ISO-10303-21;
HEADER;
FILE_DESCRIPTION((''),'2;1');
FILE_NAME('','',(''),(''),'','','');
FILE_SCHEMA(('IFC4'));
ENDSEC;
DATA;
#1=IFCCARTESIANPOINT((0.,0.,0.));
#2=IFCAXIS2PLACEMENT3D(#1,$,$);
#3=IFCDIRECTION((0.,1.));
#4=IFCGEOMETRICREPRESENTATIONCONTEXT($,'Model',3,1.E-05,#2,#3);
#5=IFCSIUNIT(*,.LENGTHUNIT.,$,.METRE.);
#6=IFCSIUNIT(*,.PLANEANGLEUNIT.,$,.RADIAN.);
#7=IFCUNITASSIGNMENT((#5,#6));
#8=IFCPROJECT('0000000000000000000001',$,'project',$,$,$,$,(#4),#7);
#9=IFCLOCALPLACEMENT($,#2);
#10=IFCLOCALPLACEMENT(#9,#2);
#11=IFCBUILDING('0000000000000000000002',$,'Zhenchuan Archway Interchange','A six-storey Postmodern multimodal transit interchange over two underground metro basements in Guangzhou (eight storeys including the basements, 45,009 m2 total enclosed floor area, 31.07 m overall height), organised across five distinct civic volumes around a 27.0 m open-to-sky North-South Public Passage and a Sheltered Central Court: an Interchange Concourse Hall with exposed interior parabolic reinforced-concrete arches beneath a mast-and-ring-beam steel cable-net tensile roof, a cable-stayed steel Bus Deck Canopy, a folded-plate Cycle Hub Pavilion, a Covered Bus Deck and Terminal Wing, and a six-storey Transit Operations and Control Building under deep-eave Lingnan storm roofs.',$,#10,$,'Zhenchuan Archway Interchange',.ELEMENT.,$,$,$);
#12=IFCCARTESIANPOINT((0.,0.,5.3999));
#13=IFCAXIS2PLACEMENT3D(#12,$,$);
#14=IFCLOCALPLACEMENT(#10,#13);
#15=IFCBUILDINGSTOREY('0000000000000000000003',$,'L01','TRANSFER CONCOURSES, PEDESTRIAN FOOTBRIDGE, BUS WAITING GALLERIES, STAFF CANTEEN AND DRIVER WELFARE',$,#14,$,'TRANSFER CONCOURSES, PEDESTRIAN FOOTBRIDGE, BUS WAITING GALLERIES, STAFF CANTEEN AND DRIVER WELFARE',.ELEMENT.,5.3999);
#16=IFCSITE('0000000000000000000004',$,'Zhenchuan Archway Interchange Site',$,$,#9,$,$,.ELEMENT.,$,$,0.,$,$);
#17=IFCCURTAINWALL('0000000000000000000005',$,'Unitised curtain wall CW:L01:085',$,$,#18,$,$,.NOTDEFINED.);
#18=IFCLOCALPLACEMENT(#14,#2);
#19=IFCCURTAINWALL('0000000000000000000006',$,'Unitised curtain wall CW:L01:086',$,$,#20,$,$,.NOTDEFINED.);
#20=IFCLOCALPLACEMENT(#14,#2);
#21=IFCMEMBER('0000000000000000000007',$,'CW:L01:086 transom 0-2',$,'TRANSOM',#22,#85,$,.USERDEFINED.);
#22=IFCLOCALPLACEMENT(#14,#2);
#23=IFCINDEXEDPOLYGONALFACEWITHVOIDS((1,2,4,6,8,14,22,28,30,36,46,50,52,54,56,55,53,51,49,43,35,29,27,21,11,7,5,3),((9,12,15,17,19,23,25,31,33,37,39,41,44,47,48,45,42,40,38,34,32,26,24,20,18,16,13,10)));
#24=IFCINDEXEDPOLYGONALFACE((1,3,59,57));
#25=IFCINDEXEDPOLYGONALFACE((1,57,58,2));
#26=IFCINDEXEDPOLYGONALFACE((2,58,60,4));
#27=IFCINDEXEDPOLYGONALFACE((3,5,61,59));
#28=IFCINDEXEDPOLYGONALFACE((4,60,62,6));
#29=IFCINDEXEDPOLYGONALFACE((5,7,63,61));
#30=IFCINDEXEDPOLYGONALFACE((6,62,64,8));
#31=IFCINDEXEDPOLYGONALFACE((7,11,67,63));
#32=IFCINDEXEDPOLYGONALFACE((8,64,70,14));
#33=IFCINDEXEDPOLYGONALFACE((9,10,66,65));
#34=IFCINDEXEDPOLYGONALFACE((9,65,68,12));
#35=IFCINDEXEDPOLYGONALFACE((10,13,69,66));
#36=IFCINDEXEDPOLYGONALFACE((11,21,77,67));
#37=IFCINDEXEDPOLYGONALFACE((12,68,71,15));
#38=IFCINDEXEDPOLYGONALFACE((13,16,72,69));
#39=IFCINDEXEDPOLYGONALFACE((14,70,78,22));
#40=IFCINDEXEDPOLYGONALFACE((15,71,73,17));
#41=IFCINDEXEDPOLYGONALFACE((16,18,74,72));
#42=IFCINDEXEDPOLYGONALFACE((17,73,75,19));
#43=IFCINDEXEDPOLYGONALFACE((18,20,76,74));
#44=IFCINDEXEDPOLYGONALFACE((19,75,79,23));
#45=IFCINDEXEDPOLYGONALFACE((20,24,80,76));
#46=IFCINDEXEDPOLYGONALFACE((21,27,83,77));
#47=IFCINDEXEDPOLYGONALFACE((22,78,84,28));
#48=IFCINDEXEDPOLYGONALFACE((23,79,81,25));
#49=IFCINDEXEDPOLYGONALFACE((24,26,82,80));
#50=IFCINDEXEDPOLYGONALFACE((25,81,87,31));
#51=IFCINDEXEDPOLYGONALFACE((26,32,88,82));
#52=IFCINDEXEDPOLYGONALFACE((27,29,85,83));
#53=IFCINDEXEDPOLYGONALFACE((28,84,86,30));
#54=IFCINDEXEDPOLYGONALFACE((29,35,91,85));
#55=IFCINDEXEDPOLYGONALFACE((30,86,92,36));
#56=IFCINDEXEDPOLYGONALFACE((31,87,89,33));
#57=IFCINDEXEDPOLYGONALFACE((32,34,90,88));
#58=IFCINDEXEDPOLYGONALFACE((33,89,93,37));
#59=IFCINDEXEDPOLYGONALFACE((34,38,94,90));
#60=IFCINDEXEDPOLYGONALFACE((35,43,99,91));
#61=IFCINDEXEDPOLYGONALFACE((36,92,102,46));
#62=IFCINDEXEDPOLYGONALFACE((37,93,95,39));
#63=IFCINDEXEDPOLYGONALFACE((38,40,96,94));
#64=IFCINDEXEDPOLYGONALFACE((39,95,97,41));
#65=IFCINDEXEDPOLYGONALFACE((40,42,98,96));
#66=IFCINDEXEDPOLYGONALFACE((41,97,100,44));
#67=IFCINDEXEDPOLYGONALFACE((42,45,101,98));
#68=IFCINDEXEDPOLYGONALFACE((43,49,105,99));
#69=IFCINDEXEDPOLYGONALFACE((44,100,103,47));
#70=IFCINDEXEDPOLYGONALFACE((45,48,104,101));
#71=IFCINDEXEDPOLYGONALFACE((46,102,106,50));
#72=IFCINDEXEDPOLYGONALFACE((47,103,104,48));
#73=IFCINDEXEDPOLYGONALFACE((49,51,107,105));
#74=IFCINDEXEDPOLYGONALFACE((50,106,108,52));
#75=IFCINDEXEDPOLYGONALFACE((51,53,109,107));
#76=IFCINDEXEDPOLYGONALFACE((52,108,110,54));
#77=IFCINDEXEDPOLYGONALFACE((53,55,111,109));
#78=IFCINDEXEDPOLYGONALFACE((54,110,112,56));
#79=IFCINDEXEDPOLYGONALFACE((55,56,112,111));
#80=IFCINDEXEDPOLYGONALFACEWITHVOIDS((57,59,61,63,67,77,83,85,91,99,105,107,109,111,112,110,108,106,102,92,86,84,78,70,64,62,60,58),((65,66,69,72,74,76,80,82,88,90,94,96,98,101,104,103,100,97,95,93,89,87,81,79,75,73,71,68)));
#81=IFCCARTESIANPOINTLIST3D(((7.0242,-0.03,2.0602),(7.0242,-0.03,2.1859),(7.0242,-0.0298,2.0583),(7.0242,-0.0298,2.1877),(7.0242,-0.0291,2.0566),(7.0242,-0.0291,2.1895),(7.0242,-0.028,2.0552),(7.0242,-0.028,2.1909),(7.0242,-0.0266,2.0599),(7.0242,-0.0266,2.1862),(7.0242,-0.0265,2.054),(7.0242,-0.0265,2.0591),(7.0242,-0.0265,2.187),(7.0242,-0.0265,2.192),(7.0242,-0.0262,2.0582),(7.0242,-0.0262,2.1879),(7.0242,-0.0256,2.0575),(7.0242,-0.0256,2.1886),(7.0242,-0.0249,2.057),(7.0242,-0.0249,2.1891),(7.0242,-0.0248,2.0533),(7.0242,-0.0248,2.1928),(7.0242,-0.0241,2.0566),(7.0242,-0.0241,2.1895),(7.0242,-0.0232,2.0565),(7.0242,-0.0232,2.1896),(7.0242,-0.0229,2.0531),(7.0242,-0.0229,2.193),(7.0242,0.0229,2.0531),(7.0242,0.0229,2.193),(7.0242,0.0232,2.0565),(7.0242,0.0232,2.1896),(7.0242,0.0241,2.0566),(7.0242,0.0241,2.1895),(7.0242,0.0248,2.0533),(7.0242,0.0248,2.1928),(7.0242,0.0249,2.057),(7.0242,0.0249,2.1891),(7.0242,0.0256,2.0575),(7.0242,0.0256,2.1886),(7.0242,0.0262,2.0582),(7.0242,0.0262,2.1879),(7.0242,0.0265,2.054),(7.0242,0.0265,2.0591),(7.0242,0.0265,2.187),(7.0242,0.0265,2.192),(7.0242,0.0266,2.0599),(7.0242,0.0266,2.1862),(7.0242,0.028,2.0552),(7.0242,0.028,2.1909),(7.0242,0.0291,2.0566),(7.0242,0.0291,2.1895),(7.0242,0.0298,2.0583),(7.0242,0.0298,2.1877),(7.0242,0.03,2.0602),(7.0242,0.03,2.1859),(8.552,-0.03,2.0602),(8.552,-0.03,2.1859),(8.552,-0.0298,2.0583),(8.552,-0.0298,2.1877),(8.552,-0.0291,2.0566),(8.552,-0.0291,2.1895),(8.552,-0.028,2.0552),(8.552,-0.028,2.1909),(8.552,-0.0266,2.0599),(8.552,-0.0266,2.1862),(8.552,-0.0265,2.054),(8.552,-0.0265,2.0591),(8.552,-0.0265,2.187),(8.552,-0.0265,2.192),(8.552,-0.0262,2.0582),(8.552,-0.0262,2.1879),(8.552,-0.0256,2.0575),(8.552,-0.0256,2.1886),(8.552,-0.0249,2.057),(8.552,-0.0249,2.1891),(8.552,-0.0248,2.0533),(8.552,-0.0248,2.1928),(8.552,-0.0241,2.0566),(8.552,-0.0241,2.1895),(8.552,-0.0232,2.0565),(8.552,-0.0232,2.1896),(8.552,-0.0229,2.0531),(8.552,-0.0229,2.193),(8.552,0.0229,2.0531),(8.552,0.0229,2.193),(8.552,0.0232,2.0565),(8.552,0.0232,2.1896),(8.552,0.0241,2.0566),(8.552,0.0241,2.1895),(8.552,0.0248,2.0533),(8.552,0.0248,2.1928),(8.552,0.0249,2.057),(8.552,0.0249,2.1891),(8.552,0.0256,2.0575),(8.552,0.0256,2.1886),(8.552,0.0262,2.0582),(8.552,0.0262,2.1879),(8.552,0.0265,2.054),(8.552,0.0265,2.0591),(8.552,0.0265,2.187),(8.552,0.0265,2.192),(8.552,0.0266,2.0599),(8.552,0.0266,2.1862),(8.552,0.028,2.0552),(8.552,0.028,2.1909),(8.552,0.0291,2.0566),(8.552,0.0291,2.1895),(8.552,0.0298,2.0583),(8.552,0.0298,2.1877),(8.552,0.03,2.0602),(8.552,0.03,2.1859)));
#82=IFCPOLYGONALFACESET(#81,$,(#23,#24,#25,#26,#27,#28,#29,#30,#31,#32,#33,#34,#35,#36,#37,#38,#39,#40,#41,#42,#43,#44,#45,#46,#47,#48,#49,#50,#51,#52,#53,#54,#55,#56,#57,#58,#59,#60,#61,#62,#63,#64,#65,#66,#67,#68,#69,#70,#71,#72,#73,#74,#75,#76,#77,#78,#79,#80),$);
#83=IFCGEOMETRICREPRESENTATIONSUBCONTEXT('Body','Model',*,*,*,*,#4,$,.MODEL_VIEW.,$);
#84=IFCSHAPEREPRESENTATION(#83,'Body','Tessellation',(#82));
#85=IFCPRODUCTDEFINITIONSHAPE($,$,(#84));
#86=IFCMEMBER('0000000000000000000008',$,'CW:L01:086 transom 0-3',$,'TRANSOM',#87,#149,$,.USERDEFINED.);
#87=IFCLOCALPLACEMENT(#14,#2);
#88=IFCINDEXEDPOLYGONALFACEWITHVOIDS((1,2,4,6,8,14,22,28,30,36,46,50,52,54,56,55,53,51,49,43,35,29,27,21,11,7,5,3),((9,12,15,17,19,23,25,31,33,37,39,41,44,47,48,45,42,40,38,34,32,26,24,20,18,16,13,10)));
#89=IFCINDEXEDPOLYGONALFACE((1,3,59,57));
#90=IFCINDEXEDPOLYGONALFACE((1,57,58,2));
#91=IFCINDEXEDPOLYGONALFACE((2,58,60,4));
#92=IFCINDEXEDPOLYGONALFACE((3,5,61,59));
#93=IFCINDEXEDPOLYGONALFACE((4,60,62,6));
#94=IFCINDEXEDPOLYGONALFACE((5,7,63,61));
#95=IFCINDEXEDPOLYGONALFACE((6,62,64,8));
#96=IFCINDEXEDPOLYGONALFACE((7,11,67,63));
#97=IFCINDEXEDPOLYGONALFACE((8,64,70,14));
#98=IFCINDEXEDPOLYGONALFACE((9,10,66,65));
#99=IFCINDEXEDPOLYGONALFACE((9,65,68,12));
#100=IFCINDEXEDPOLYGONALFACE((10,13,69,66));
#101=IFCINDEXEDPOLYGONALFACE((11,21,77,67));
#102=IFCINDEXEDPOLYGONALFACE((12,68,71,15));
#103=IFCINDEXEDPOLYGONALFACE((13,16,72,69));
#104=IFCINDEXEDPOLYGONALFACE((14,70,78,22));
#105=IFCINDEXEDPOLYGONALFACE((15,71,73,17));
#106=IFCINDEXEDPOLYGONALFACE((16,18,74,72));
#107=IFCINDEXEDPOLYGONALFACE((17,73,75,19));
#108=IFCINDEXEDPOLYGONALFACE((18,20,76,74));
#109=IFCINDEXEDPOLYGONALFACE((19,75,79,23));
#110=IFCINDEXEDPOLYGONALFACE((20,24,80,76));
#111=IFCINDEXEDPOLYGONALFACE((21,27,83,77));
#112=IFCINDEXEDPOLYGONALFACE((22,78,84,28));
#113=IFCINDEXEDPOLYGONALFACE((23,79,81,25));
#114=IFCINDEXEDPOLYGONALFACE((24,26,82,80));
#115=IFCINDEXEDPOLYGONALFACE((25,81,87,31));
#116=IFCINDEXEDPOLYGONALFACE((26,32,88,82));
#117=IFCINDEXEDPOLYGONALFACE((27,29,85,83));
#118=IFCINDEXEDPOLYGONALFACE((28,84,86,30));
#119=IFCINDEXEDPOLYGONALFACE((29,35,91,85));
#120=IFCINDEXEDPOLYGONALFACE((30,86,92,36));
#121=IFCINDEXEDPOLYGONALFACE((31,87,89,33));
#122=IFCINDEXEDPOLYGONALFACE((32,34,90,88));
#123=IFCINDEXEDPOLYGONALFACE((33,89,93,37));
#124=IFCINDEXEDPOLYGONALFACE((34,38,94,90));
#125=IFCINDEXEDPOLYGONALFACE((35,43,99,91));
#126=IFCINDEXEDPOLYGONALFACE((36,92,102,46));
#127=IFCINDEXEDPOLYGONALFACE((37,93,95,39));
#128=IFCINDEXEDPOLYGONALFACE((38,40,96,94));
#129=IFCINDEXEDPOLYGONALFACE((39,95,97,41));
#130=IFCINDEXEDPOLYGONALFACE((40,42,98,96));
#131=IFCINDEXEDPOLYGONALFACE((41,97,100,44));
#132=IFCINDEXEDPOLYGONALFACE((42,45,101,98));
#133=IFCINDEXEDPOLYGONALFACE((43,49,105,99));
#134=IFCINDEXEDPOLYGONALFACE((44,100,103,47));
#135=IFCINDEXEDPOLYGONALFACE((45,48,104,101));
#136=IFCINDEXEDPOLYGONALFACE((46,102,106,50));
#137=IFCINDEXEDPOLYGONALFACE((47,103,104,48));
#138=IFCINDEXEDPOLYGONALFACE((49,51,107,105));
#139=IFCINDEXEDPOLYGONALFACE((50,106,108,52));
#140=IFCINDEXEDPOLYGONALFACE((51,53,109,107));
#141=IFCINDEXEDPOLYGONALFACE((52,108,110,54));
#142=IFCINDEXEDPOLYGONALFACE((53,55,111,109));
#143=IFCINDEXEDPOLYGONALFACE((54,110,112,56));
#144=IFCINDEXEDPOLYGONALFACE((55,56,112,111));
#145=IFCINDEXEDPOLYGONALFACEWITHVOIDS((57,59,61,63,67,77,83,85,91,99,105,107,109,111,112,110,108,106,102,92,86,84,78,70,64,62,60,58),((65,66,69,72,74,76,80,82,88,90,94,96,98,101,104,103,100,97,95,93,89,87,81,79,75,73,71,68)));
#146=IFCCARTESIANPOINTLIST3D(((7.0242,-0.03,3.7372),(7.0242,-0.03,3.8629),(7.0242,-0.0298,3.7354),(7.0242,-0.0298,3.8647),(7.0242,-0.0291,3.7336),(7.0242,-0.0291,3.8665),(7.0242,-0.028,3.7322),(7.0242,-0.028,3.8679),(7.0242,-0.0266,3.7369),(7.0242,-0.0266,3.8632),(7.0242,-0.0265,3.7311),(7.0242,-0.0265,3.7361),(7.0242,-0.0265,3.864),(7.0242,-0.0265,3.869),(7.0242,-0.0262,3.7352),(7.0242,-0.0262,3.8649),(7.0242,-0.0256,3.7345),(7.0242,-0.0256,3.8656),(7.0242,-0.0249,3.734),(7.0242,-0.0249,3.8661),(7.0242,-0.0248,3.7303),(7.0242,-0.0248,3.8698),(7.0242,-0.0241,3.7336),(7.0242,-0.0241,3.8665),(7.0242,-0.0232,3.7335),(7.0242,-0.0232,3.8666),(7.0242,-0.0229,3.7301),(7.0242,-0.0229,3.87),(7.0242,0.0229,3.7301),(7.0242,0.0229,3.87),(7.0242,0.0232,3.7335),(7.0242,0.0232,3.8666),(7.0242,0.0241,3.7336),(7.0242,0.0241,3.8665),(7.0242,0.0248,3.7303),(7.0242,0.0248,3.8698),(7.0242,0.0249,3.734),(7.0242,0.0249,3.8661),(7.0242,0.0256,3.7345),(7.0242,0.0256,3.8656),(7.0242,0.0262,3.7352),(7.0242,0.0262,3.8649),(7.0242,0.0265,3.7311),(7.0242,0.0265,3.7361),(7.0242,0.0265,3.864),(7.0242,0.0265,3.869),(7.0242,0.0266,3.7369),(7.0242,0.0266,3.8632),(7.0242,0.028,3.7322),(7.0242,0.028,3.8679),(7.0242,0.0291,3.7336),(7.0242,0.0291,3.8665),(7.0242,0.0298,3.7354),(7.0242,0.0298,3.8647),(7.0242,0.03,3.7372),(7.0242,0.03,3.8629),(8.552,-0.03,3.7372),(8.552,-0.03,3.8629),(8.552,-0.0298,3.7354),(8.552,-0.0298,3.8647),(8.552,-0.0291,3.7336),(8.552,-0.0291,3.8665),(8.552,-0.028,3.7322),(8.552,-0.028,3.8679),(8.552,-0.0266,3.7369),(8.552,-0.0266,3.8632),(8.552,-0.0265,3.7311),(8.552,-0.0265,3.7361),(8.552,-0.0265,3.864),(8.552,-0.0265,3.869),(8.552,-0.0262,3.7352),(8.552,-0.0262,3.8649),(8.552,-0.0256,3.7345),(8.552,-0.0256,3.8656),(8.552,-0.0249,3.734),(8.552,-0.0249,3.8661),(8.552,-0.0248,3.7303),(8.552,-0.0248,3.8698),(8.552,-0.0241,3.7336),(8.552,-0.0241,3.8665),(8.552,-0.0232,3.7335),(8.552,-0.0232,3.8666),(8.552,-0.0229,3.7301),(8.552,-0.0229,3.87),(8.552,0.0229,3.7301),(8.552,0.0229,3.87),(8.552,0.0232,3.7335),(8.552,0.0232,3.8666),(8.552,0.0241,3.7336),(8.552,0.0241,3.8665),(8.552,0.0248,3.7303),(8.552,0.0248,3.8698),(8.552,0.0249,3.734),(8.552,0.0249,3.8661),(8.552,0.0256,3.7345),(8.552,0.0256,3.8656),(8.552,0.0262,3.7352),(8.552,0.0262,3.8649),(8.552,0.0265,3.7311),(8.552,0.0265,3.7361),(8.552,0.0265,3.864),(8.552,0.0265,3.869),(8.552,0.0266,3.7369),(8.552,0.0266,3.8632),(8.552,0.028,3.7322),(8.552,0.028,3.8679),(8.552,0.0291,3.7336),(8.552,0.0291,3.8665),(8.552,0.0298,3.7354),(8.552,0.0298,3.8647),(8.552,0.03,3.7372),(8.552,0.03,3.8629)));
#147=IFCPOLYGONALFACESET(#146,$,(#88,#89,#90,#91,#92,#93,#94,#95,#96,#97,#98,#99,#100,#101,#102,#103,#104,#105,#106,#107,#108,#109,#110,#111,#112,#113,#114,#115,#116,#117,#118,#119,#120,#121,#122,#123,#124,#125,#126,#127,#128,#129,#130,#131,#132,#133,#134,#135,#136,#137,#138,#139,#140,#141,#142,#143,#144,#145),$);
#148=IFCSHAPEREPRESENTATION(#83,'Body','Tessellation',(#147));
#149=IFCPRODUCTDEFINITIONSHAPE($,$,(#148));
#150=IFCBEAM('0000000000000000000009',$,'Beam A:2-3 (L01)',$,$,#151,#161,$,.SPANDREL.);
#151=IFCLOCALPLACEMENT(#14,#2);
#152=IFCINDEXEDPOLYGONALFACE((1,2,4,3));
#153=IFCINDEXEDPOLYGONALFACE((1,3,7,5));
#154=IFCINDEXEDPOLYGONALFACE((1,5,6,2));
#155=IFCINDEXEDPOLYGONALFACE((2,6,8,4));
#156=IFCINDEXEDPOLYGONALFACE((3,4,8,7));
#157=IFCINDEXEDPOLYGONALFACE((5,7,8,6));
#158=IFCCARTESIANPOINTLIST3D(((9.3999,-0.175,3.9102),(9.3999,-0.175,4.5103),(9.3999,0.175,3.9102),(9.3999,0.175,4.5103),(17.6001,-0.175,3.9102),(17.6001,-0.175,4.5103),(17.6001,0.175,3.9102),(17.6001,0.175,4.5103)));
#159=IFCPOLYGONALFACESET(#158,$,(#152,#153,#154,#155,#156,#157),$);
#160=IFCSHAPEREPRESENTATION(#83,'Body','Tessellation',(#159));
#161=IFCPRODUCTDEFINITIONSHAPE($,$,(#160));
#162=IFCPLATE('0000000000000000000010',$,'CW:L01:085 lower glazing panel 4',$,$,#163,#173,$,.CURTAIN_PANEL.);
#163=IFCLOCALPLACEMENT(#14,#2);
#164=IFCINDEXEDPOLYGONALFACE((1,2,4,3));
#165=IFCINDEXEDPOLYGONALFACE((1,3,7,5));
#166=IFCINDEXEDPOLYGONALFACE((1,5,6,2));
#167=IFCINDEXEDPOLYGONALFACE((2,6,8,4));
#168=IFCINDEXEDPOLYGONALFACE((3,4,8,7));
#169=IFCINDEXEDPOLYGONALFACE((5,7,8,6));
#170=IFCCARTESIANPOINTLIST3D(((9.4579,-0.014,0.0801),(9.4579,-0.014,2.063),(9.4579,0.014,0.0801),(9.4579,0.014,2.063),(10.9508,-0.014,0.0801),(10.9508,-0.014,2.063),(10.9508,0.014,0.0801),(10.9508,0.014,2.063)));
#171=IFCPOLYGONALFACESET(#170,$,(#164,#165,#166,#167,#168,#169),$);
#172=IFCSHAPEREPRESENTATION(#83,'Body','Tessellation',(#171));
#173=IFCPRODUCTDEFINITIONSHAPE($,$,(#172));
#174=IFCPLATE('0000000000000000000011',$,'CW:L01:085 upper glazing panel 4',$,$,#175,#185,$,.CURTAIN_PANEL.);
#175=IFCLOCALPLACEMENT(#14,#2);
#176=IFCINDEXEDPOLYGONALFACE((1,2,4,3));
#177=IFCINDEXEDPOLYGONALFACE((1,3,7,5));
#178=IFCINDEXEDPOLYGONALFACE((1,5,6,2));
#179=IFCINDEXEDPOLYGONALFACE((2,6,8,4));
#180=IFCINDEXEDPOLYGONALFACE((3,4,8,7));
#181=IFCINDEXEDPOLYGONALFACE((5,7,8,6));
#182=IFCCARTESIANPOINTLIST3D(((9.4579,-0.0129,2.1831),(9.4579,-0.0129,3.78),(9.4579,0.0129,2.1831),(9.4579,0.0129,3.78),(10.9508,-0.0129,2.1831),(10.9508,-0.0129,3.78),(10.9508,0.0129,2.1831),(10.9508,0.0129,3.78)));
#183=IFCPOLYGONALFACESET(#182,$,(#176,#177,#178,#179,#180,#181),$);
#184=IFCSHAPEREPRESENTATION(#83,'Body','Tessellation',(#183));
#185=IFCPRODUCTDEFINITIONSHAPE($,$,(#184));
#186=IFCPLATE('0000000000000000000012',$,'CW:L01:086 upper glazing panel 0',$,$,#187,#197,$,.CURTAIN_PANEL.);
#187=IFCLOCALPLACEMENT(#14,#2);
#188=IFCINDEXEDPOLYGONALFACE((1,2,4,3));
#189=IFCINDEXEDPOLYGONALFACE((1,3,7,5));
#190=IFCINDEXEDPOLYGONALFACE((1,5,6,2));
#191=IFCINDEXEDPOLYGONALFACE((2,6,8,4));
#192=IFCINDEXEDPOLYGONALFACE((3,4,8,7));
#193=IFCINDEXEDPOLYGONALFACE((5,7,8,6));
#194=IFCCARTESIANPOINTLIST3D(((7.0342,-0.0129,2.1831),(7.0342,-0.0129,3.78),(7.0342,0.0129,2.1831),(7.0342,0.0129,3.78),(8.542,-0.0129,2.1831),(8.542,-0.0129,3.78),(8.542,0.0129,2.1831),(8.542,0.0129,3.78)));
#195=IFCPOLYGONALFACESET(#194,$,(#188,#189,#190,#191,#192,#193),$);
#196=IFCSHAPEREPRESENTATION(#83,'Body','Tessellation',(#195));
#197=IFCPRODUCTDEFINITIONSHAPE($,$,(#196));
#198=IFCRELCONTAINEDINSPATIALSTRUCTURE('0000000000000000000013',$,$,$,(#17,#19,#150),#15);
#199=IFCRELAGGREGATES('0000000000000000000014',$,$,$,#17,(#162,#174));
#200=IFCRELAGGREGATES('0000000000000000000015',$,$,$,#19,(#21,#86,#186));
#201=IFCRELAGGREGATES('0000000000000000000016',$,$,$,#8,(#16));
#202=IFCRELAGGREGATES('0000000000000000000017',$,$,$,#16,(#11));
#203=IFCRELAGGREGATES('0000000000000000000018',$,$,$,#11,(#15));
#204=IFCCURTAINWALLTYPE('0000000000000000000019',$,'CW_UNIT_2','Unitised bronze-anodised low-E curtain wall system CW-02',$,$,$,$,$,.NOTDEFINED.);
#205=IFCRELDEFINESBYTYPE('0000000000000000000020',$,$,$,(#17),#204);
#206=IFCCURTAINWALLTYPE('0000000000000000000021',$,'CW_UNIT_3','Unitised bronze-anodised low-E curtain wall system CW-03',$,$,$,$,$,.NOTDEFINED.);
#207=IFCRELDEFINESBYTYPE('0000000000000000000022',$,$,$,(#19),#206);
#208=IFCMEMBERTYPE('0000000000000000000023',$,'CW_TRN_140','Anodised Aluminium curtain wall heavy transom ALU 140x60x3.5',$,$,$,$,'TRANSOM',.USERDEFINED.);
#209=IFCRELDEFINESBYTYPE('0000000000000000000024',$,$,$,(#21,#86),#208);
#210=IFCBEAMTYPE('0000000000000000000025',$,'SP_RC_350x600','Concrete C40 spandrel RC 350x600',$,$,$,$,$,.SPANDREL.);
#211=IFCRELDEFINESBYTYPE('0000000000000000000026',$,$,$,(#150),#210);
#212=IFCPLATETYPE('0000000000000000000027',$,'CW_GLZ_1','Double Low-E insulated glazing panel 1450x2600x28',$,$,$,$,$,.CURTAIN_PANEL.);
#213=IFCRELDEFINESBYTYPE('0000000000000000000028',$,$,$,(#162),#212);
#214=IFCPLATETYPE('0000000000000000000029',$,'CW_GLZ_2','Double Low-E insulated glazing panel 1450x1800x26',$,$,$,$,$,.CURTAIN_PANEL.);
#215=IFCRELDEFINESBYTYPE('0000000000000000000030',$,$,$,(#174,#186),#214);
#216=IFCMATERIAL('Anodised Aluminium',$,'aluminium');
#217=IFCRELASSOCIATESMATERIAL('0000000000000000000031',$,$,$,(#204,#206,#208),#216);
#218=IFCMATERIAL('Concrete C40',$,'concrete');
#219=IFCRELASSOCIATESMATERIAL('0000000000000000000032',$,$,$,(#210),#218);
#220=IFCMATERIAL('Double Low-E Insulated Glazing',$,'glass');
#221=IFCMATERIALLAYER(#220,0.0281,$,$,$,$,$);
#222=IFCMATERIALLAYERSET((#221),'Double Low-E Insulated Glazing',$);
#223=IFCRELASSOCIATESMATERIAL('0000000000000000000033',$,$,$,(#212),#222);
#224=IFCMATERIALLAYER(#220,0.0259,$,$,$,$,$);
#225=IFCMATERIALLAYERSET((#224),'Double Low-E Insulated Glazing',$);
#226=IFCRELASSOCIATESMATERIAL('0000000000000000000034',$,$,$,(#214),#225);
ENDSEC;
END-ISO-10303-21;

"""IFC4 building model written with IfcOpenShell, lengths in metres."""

from ifc_helpers import new_model, si_unit, direction, frame, origin, origin_2d, place, context, subcontext, project, spatial, rectangle, hollow_rectangle, extrude, material, layer, layer_set, material_profile, profile_set, type_object, element, aggregate, save


model = new_model("IFC4")

# Units and contexts
model_context = context("Model", 3, precision=1e-05, world=origin(), true_north=direction((0.0, 1.0)))
body_context = subcontext(model_context, "Body", "Model", "MODEL_VIEW")
ifc_project = project(units=[si_unit("LENGTHUNIT", "METRE"), si_unit("PLANEANGLEUNIT", "RADIAN")], contexts=[model_context])

# Site, building, storey
site_placement = place(None, origin())
site = spatial("IfcSite", under=ifc_project, at=site_placement, Name="Zhenchuan Archway Interchange Site", CompositionType="ELEMENT", RefElevation=0.0)
building_placement = place(site_placement, origin())
building = spatial("IfcBuilding", under=site, at=building_placement, Name="Zhenchuan Archway Interchange", Description="A six-storey Postmodern multimodal transit interchange over two underground metro basements in Guangzhou (eight storeys including the basements, 45,009 m2 total enclosed floor area, 31.07 m overall height), organised across five distinct civic volumes around a 27.0 m open-to-sky North-South Public Passage and a Sheltered Central Court: an Interchange Concourse Hall with exposed interior parabolic reinforced-concrete arches beneath a mast-and-ring-beam steel cable-net tensile roof, a cable-stayed steel Bus Deck Canopy, a folded-plate Cycle Hub Pavilion, a Covered Bus Deck and Terminal Wing, and a six-storey Transit Operations and Control Building under deep-eave Lingnan storm roofs.", LongName="Zhenchuan Archway Interchange", CompositionType="ELEMENT")
storey_placement = place(building_placement, frame((0.0, 0.0, 5.3999)))
storey = spatial("IfcBuildingStorey", under=building, at=storey_placement, Name="L01", Description="TRANSFER CONCOURSES, PEDESTRIAN FOOTBRIDGE, BUS WAITING GALLERIES, STAFF CANTEEN AND DRIVER WELFARE", LongName="TRANSFER CONCOURSES, PEDESTRIAN FOOTBRIDGE, BUS WAITING GALLERIES, STAFF CANTEEN AND DRIVER WELFARE", CompositionType="ELEMENT", Elevation=5.3999)

# Shared definitions
ifc_material_1 = material(Name="Concrete C40", Category="concrete")

# Curtain wall
ifc_material_2 = material(Name="Anodised Aluminium", Category="aluminium")
curtain_wall_type_1 = type_object("IfcCurtainWallType", Name="CW_UNIT_2", Description="Unitised bronze-anodised low-E curtain wall system CW-02", PredefinedType="NOTDEFINED", material=ifc_material_2)
curtain_wall_1_placement = place(storey_placement, origin())
curtain_wall_1 = element("IfcCurtainWall", 1, at=curtain_wall_1_placement, inside=storey, type_object=curtain_wall_type_1, Name="Unitised curtain wall CW:L01:085", PredefinedType="NOTDEFINED")

# Curtain wall
curtain_wall_type_2 = type_object("IfcCurtainWallType", Name="CW_UNIT_3", Description="Unitised bronze-anodised low-E curtain wall system CW-03", PredefinedType="NOTDEFINED", material=ifc_material_2)
curtain_wall_2_placement = place(storey_placement, origin())
curtain_wall_2 = element("IfcCurtainWall", 2, at=curtain_wall_2_placement, inside=storey, type_object=curtain_wall_type_2, Name="Unitised curtain wall CW:L01:086", PredefinedType="NOTDEFINED")

# Members
ifc_material_profile_1 = material_profile(ifc_material_2, hollow_rectangle(XDim=0.0601, YDim=0.1399, WallThickness=0.0034, InnerFilletRadius=0.0034, OuterFilletRadius=0.0071, at=origin_2d()), Name="ALU 140x60x3.5")
ifc_profile_set_1 = profile_set([ifc_material_profile_1], Name="Anodised Aluminium")
member_type_1 = type_object("IfcMemberType", Name="CW_TRN_140", Description="Anodised Aluminium curtain wall heavy transom ALU 140x60x3.5", ElementType="TRANSOM", PredefinedType="USERDEFINED", material=ifc_profile_set_1)
member_1_placement = place(storey_placement, frame((8.552, 0.0, 2.123), z_axis=(-1.0, 0.0, 0.0), x_axis=(0.0, -1.0, 0.0)))
member_1 = element("IfcMember", 3, at=member_1_placement, type_object=member_type_1, Name="CW:L01:086 transom 0-2", ObjectType="TRANSOM", PredefinedType="USERDEFINED", context=body_context, shape_type="SweptSolid", body=[
    extrude(hollow_rectangle(XDim=0.0601, YDim=0.1399, WallThickness=0.0034, InnerFilletRadius=0.0034, OuterFilletRadius=0.0071, at=origin_2d()), origin(), (0.0, 0.0, 1.0), 1.5278),
])
member_2_placement = place(storey_placement, frame((8.552, 0.0, 3.8), z_axis=(-1.0, 0.0, 0.0), x_axis=(0.0, -1.0, 0.0)))
member_2 = element("IfcMember", 4, at=member_2_placement, type_object=member_type_1, Name="CW:L01:086 transom 0-3", ObjectType="TRANSOM", PredefinedType="USERDEFINED", context=body_context, shape_type="SweptSolid", body=[
    extrude(hollow_rectangle(XDim=0.0601, YDim=0.1399, WallThickness=0.0034, InnerFilletRadius=0.0034, OuterFilletRadius=0.0071, at=origin_2d()), origin(), (0.0, 0.0, 1.0), 1.5278),
])

# Beam
ifc_material_profile_2 = material_profile(ifc_material_1, rectangle(XDim=0.3501, YDim=0.6001, at=origin_2d()), Name="RC 350x600")
ifc_profile_set_2 = profile_set([ifc_material_profile_2], Name="Concrete C40")
beam_type_1 = type_object("IfcBeamType", Name="SP_RC_350x600", Description="Concrete C40 spandrel RC 350x600", PredefinedType="SPANDREL", material=ifc_profile_set_2)
beam_1_placement = place(storey_placement, frame((9.3999, 0.0, 4.2102), z_axis=(1.0, 0.0, 0.0), x_axis=(0.0, 1.0, 0.0)))
element("IfcBeam", 5, at=beam_1_placement, inside=storey, type_object=beam_type_1, Name="Beam A:2-3 (L01)", PredefinedType="SPANDREL", context=body_context, shape_type="SweptSolid", body=[
    extrude(rectangle(XDim=0.3501, YDim=0.6001, at=origin_2d()), origin(), (0.0, 0.0, 1.0), 8.2002),
])

# Plates
ifc_material_3 = material(Name="Double Low-E Insulated Glazing", Category="glass")
ifc_layer_1 = layer(ifc_material_3, 0.0281)
ifc_layer_set_1 = layer_set([ifc_layer_1], Name="Double Low-E Insulated Glazing")
plate_type_1 = type_object("IfcPlateType", Name="CW_GLZ_1", Description="Double Low-E insulated glazing panel 1450x2600x28", PredefinedType="CURTAIN_PANEL", material=ifc_layer_set_1)
plate_1_placement = place(storey_placement, frame((10.2043, 0.0, 0.0801), z_axis=(0.0, 0.0, 1.0), x_axis=(-1.0, 0.0, 0.0)))
plate_1 = element("IfcPlate", 6, at=plate_1_placement, type_object=plate_type_1, Name="CW:L01:085 lower glazing panel 4", PredefinedType="CURTAIN_PANEL", context=body_context, shape_type="SweptSolid", body=[
    extrude(rectangle(XDim=1.4929, YDim=0.0281, at=origin_2d()), origin(), (0.0, 0.0, 1.0), 1.9829),
])
ifc_layer_2 = layer(ifc_material_3, 0.0259)
ifc_layer_set_2 = layer_set([ifc_layer_2], Name="Double Low-E Insulated Glazing")
plate_type_2 = type_object("IfcPlateType", Name="CW_GLZ_2", Description="Double Low-E insulated glazing panel 1450x1800x26", PredefinedType="CURTAIN_PANEL", material=ifc_layer_set_2)
plate_2_placement = place(storey_placement, frame((10.2043, 0.0, 2.1831), z_axis=(0.0, 0.0, 1.0), x_axis=(-1.0, 0.0, 0.0)))
plate_2 = element("IfcPlate", 7, at=plate_2_placement, type_object=plate_type_2, Name="CW:L01:085 upper glazing panel 4", PredefinedType="CURTAIN_PANEL", context=body_context, shape_type="SweptSolid", body=[
    extrude(rectangle(XDim=1.4929, YDim=0.0259, at=origin_2d()), origin(), (0.0, 0.0, 1.0), 1.5969),
])
aggregate(curtain_wall_1, [plate_1, plate_2])
plate_3_placement = place(storey_placement, frame((7.7881, 0.0, 2.1831), z_axis=(0.0, 0.0, 1.0), x_axis=(-1.0, 0.0, 0.0)))
plate_3 = element("IfcPlate", 8, at=plate_3_placement, type_object=plate_type_2, Name="CW:L01:086 upper glazing panel 0", PredefinedType="CURTAIN_PANEL", context=body_context, shape_type="SweptSolid", body=[
    extrude(rectangle(XDim=1.5078, YDim=0.0259, at=origin_2d()), origin(), (0.0, 0.0, 1.0), 1.5969),
])
aggregate(curtain_wall_2, [member_1, member_2, plate_3])

save(model, "model.ifc")
